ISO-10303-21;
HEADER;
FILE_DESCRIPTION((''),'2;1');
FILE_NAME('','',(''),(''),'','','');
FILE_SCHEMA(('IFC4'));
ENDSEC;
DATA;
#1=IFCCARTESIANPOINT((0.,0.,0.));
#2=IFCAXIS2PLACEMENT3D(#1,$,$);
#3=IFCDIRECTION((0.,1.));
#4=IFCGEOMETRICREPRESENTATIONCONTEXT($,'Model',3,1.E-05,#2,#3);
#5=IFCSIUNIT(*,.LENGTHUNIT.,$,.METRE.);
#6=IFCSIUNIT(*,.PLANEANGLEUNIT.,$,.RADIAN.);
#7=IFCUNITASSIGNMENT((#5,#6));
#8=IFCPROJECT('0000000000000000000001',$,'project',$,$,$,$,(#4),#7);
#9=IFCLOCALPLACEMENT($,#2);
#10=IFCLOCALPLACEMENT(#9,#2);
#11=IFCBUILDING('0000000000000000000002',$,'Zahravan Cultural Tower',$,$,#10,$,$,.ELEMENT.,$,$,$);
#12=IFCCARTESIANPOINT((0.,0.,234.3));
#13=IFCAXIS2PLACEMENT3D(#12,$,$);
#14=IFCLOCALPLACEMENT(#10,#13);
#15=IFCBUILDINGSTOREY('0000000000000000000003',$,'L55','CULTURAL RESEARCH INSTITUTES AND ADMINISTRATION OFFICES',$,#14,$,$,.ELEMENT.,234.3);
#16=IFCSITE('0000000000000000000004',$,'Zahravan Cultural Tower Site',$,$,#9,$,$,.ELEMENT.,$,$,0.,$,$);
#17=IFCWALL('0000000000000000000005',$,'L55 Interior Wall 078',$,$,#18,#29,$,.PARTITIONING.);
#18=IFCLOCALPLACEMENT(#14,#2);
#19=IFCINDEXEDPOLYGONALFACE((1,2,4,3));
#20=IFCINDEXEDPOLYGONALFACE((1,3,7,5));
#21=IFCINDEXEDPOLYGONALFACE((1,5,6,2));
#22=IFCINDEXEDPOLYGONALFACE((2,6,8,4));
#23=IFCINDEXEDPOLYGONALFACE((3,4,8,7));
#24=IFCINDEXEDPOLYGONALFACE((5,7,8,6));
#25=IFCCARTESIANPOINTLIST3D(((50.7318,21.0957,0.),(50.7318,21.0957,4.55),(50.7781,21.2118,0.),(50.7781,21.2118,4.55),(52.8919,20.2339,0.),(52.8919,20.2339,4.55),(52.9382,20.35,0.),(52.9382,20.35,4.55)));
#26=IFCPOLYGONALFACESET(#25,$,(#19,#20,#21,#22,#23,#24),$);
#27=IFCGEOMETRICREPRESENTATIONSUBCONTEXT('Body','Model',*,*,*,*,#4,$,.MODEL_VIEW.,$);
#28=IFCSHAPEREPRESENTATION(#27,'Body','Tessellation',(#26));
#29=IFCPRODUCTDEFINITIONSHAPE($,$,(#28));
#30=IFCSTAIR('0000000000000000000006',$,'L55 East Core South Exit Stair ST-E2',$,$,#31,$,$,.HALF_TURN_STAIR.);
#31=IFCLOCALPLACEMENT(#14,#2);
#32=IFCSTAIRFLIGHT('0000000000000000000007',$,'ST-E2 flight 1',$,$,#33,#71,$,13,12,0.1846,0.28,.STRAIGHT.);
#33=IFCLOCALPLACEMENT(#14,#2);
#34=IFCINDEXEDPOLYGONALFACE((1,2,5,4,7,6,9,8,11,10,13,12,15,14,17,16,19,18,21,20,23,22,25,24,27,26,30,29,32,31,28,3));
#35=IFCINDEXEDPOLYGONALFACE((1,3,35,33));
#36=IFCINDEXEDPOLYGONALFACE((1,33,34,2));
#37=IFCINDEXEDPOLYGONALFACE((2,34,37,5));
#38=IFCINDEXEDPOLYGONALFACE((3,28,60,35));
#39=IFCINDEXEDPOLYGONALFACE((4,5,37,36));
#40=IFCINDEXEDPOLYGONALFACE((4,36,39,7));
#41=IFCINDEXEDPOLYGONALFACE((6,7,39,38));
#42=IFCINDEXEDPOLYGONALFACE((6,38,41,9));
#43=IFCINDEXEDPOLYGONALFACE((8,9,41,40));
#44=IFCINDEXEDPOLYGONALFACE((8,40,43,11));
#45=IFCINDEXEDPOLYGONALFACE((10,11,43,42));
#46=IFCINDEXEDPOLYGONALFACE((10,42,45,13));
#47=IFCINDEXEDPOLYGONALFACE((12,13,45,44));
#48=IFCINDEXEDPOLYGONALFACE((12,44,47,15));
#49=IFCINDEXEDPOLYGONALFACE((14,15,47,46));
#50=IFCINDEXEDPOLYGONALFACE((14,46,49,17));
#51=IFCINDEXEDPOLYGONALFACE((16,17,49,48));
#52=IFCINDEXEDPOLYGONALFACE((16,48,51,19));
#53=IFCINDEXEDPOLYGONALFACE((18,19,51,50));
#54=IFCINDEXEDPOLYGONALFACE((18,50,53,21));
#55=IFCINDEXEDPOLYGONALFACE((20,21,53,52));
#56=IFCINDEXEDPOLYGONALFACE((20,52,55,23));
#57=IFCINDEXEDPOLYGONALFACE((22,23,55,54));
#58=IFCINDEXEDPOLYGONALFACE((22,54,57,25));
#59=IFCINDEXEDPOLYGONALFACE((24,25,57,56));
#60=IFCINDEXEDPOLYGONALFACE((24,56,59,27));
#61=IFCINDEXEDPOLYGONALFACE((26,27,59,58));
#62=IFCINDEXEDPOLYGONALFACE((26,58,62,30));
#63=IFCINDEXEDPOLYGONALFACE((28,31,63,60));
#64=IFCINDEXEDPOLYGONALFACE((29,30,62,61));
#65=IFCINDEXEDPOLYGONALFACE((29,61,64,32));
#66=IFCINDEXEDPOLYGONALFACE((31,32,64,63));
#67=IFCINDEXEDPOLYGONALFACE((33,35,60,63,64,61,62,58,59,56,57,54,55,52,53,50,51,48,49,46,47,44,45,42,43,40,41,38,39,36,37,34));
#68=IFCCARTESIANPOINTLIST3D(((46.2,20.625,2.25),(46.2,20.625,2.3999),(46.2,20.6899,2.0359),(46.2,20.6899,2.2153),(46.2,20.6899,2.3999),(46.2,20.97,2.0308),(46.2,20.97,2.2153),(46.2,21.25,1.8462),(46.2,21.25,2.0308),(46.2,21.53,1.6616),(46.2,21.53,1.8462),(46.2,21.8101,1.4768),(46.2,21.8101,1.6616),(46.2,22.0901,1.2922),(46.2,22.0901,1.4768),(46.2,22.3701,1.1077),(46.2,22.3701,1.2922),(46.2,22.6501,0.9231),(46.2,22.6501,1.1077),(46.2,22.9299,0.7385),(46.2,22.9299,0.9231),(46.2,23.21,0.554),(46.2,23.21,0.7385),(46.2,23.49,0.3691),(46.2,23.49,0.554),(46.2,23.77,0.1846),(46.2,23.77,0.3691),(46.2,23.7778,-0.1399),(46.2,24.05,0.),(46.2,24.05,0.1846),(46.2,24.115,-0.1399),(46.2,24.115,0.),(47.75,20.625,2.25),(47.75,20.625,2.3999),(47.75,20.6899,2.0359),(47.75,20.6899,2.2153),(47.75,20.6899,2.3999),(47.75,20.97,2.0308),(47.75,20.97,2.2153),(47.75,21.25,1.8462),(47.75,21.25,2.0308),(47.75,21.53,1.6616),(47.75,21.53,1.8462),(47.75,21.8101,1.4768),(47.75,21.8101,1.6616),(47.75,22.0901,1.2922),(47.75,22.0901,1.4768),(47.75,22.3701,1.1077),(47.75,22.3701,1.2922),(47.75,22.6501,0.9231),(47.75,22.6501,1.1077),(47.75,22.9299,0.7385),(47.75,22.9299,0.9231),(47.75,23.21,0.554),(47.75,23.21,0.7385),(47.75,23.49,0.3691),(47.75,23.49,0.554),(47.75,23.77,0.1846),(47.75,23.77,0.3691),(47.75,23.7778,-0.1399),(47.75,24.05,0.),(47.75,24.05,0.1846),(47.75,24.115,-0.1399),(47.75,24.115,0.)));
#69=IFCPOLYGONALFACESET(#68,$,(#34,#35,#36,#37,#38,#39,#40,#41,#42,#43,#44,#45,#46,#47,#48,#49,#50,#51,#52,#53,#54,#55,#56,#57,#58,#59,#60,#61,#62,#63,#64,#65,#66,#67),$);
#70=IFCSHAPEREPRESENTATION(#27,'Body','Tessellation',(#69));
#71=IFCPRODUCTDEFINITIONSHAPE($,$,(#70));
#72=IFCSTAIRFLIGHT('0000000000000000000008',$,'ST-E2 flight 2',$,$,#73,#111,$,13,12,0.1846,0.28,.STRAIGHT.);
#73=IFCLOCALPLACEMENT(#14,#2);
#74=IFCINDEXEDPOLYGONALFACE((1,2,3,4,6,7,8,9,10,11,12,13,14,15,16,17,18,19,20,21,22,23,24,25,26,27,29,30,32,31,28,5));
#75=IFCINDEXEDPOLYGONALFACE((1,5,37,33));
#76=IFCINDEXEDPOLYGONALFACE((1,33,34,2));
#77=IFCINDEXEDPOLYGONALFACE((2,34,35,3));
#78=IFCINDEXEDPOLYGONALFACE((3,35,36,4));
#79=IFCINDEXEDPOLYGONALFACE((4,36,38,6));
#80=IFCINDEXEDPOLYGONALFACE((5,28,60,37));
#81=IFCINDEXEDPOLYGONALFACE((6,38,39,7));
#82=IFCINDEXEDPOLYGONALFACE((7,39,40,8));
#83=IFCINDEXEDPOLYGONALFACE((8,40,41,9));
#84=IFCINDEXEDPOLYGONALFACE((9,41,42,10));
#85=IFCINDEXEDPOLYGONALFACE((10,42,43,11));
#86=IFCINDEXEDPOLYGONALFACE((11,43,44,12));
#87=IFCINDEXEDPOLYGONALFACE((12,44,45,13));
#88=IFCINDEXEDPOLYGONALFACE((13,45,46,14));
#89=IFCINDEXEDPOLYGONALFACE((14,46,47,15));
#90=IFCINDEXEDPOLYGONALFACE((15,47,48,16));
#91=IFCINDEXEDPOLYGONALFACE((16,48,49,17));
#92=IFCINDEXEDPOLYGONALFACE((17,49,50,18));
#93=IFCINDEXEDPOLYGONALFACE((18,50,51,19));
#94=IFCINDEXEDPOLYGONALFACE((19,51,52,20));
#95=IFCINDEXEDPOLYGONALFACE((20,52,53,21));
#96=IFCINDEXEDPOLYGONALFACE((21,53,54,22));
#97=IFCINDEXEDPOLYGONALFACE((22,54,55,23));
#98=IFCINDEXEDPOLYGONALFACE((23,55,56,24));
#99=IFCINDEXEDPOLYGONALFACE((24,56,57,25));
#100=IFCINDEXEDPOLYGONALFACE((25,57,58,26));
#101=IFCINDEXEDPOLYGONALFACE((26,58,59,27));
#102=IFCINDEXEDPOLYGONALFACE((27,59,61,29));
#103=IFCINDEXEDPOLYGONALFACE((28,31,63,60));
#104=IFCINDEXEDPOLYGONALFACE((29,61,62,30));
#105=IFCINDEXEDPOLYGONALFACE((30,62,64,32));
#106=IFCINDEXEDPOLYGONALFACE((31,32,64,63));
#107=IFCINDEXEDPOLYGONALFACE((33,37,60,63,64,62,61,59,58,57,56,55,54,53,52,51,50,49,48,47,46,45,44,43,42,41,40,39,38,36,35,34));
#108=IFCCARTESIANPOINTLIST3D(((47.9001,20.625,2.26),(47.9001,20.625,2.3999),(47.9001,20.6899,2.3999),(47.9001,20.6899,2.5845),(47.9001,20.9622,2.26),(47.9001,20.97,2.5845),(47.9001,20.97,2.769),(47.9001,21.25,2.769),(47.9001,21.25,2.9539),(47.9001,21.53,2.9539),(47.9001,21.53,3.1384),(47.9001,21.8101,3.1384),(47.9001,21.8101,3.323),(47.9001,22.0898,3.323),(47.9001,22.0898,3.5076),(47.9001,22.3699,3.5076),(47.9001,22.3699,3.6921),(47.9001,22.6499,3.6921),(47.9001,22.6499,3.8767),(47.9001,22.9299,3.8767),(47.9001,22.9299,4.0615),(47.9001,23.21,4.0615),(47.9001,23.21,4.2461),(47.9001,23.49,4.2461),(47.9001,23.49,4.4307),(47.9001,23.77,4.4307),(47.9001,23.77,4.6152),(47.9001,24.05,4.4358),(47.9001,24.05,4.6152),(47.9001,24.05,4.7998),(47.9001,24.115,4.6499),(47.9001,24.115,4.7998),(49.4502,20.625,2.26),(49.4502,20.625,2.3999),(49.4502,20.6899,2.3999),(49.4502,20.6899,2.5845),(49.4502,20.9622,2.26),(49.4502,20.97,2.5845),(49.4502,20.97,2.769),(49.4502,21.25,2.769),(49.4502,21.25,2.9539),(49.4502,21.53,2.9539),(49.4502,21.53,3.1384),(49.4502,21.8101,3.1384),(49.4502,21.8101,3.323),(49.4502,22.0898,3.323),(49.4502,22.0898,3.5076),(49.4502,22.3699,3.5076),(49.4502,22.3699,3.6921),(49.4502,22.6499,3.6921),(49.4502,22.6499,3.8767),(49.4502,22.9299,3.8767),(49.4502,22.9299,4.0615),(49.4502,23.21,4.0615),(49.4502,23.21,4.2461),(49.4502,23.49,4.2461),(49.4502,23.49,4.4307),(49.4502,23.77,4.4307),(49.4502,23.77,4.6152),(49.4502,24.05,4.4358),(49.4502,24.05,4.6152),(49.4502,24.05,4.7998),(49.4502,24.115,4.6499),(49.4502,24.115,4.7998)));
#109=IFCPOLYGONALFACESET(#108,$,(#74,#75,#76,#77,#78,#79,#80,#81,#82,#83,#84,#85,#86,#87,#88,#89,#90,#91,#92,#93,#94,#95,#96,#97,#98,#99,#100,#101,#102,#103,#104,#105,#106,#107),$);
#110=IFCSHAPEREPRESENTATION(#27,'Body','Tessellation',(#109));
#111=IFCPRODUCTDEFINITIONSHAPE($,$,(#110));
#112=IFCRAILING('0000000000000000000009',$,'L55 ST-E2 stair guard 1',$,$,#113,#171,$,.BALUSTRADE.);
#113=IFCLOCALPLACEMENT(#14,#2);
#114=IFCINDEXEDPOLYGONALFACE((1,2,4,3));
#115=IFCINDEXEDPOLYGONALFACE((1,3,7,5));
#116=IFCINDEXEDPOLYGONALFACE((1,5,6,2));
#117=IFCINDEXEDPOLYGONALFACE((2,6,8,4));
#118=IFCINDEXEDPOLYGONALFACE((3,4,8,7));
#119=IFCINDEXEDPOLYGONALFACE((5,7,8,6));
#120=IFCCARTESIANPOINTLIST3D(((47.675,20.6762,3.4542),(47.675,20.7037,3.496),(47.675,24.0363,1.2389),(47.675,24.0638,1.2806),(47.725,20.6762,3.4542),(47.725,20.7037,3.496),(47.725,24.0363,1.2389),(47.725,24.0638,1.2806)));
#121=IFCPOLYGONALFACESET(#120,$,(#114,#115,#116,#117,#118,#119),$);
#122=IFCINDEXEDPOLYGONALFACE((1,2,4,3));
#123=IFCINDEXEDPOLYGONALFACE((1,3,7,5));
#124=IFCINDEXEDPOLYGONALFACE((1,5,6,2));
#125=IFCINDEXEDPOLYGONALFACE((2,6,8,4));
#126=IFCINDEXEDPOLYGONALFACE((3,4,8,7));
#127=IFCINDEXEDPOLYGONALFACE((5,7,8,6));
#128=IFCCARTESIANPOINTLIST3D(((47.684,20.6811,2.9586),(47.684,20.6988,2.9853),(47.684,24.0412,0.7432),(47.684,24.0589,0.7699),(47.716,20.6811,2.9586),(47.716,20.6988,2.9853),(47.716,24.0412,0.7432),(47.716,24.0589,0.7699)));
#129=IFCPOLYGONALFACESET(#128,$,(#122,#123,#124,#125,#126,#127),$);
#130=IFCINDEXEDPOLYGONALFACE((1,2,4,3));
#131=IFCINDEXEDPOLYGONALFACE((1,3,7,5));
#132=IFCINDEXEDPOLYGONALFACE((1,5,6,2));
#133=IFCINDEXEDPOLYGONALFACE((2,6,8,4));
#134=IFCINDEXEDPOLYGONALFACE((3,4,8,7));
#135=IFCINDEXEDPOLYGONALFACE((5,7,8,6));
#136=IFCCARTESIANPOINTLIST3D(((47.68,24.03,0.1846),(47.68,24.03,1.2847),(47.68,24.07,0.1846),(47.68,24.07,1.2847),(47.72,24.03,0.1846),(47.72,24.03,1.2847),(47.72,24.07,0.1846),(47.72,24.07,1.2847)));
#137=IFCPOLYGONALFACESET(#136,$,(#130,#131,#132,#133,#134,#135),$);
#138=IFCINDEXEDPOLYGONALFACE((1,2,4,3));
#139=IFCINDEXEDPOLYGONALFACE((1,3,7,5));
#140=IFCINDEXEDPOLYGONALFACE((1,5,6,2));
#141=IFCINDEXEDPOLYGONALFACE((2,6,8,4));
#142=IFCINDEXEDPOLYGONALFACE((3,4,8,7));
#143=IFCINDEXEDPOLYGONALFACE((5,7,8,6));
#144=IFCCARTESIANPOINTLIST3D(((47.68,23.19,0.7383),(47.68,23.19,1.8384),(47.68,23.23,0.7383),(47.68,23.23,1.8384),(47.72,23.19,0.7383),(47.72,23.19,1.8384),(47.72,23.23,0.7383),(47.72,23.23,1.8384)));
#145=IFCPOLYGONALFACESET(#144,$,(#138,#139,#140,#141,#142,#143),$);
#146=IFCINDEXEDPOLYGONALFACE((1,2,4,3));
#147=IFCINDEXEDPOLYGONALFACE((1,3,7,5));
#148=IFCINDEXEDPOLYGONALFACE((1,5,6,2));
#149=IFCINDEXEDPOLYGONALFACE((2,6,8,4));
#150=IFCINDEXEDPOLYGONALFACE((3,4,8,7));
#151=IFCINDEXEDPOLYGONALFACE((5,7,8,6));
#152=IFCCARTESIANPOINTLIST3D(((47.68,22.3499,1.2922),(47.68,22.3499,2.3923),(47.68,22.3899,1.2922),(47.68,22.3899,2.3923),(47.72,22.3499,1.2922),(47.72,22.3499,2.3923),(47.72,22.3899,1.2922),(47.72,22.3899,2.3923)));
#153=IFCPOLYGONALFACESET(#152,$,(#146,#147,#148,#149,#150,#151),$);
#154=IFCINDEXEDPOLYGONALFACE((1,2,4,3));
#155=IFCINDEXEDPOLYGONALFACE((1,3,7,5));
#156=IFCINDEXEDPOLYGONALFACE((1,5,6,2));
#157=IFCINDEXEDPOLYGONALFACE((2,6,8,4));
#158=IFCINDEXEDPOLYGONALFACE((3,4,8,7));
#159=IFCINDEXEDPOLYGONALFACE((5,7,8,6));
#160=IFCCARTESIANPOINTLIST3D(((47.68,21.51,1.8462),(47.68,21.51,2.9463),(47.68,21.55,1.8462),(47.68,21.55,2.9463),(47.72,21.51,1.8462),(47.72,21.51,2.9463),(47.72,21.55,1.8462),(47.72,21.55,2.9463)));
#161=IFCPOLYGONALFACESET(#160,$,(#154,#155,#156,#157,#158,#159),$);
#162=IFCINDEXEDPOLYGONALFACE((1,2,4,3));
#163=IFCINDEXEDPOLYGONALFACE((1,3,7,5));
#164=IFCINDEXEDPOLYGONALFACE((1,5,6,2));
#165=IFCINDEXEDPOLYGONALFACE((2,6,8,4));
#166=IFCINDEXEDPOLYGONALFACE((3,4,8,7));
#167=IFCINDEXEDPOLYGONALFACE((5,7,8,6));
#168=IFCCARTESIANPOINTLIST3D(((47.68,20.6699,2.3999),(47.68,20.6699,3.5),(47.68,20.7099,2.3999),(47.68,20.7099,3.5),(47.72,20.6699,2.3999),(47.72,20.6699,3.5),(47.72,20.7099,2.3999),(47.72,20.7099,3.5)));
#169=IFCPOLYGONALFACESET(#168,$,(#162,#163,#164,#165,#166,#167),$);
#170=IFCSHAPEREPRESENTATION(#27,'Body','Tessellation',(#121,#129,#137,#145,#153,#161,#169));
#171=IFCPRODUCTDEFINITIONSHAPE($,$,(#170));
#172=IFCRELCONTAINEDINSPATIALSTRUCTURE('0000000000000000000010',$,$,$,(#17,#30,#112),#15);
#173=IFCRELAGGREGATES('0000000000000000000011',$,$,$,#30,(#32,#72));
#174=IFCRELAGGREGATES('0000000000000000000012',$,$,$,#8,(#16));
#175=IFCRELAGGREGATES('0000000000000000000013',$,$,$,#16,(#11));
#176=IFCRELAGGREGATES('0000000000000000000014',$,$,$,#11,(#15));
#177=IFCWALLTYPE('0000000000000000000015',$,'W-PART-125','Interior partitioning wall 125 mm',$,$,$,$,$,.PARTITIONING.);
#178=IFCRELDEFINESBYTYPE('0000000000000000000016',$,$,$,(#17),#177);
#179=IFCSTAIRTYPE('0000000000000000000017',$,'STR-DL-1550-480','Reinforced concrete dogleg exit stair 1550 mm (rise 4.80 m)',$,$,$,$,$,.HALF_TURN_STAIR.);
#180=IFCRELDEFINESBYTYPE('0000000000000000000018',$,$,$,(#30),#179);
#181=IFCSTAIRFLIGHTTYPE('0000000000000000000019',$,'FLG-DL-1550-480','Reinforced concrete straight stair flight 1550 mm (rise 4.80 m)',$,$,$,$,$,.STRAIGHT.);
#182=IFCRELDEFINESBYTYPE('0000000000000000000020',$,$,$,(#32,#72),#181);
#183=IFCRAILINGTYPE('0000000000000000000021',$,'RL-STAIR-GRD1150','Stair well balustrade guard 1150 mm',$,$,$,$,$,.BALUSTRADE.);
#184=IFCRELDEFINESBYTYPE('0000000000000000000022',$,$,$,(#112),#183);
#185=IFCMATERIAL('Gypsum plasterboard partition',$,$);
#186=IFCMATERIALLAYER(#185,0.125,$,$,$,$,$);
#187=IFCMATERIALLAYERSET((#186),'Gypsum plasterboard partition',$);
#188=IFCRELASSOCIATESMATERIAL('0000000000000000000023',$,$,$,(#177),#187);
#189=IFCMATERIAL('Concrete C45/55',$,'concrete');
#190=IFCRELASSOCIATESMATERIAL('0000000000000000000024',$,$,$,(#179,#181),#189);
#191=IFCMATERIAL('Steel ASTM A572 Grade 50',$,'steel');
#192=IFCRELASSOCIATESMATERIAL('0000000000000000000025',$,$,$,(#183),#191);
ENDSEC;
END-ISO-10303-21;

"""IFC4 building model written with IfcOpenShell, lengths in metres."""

from ifc_helpers import new_model, si_unit, direction, frame, frame_2d, origin, origin_2d, place, context, subcontext, project, spatial, polyline, rectangle, outline, extrude, source, transform, mapped, material, layer, layer_set, type_object, element, aggregate, save


model = new_model("IFC4")

# Units and contexts
model_context = context("Model", 3, precision=1e-05, world=origin(), true_north=direction((0.0, 1.0)))
body_context = subcontext(model_context, "Body", "Model", "MODEL_VIEW")
ifc_project = project(units=[si_unit("LENGTHUNIT", "METRE"), si_unit("PLANEANGLEUNIT", "RADIAN")], contexts=[model_context])

# Site, building, storey
site_placement = place(None, origin())
site = spatial("IfcSite", under=ifc_project, at=site_placement, Name="Zahravan Cultural Tower Site", CompositionType="ELEMENT", RefElevation=0.0)
building_placement = place(site_placement, origin())
building = spatial("IfcBuilding", under=site, at=building_placement, Name="Zahravan Cultural Tower", CompositionType="ELEMENT")
storey_placement = place(building_placement, frame((0.0, 0.0, 234.3)))
storey = spatial("IfcBuildingStorey", under=building, at=storey_placement, Name="L55", Description="CULTURAL RESEARCH INSTITUTES AND ADMINISTRATION OFFICES", CompositionType="ELEMENT", Elevation=234.3)

# Shared definitions
ifc_material_1 = material(Name="Steel ASTM A572 Grade 50", Category="steel")

# Shared definitions
ifc_material_2 = material(Name="Gypsum plasterboard partition")
ifc_layer_1 = layer(ifc_material_2, 0.125)
ifc_layer_set_1 = layer_set([ifc_layer_1], Name="Gypsum plasterboard partition")
wall_type_1 = type_object("IfcWallType", Name="W-PART-125", Description="Interior partitioning wall 125 mm", PredefinedType="PARTITIONING", material=ifc_layer_set_1)

# Wall
ifc_material_3 = material(Name="Concrete C45/55", Category="concrete")
shared_shape_1 = source(origin(), body_context, "Body", "SweptSolid", [
    extrude(rectangle(XDim=2.3257, YDim=0.125, at=frame_2d((1.1628, 0.0))), origin(), (0.0, 0.0, 1.0), 4.55),
])
wall_1_placement = place(storey_placement, frame((52.915, 20.292, 0.0), z_axis=(0.0, 0.0, 1.0), x_axis=(-0.928809, 0.370558, 0.0)))
element("IfcWall", 1, at=wall_1_placement, inside=storey, type_object=wall_type_1, Name="L55 Interior Wall 078", PredefinedType="PARTITIONING", context=body_context, shape_type="MappedRepresentation", body=[
    mapped(shared_shape_1, transform((0.0, 0.0, 0.0), x_axis=(1.0, 0.0, 0.0), y_axis=(0.0, 1.0, 0.0), z_axis=(0.0, 0.0, 1.0), scale=1.0)),
])

# Stair, stair flights
stair_type = type_object("IfcStairType", Name="STR-DL-1550-480", Description="Reinforced concrete dogleg exit stair 1550 mm (rise 4.80 m)", PredefinedType="HALF_TURN_STAIR", material=ifc_material_3)
stair_placement = place(storey_placement, origin())
stair = element("IfcStair", 2, at=stair_placement, inside=storey, type_object=stair_type, Name="L55 East Core South Exit Stair ST-E2", PredefinedType="HALF_TURN_STAIR")
stair_flight_type = type_object("IfcStairFlightType", Name="FLG-DL-1550-480", Description="Reinforced concrete straight stair flight 1550 mm (rise 4.80 m)", PredefinedType="STRAIGHT", material=ifc_material_3)
stair_flight_1_placement = place(storey_placement, frame((46.9751, 24.05, 0.0), z_axis=(0.0, 0.0, 1.0), x_axis=(0.0, -1.0, 0.0)))
stair_flight_1 = element("IfcStairFlight", 3, at=stair_flight_1_placement, type_object=stair_flight_type, Name="ST-E2 flight 1", NumberOfRisers=13, NumberOfTreads=12, PredefinedType="STRAIGHT", RiserHeight=0.1846, TreadLength=0.28, context=body_context, shape_type="SweptSolid", body=[
    extrude(outline(polyline([(-0.0649, -0.1399), (-0.0649, 0.0), (0.0, 0.0), (0.0, 0.1846), (0.28, 0.1846), (0.28, 0.3691), (0.5601, 0.3691), (0.5601, 0.554), (0.8401, 0.554), (0.8401, 0.7385), (1.1201, 0.7385), (1.1201, 0.9231), (1.3999, 0.9231), (1.3999, 1.1077), (1.6799, 1.1077), (1.6799, 1.2922), (1.96, 1.2922), (1.96, 1.4768), (2.24, 1.4768), (2.24, 1.6616), (2.52, 1.6616), (2.52, 1.8462), (2.8, 1.8462), (2.8, 2.0308), (3.0801, 2.0308), (3.0801, 2.2153), (3.3601, 2.2153), (3.3601, 2.3999), (3.425, 2.3999), (3.425, 2.25), (3.3601, 2.0359), (0.2722, -0.1399), (-0.0649, -0.1399)])), frame((0.0, 0.7749, 0.0), z_axis=(0.0, -1.0, 0.0), x_axis=(1.0, 0.0, 0.0)), (0.0, 0.0, 1.0), 1.55),
])
stair_flight_2_placement = place(storey_placement, frame((48.675, 20.6899, 2.3999), z_axis=(0.0, 0.0, 1.0), x_axis=(0.0, 1.0, 0.0)))
stair_flight_2 = element("IfcStairFlight", 4, at=stair_flight_2_placement, type_object=stair_flight_type, Name="ST-E2 flight 2", NumberOfRisers=13, NumberOfTreads=12, PredefinedType="STRAIGHT", RiserHeight=0.1846, TreadLength=0.28, context=body_context, shape_type="SweptSolid", body=[
    extrude(outline(polyline([(-0.0649, -0.1399), (-0.0649, 0.0), (0.0, 0.0), (0.0, 0.1846), (0.28, 0.1846), (0.28, 0.3691), (0.5601, 0.3691), (0.5601, 0.554), (0.8401, 0.554), (0.8401, 0.7385), (1.1201, 0.7385), (1.1201, 0.9231), (1.3999, 0.9231), (1.3999, 1.1077), (1.6799, 1.1077), (1.6799, 1.2922), (1.96, 1.2922), (1.96, 1.4768), (2.24, 1.4768), (2.24, 1.6616), (2.52, 1.6616), (2.52, 1.8462), (2.8, 1.8462), (2.8, 2.0308), (3.0801, 2.0308), (3.0801, 2.2153), (3.3601, 2.2153), (3.3601, 2.3999), (3.425, 2.3999), (3.425, 2.25), (3.3601, 2.0359), (0.2722, -0.1399), (-0.0649, -0.1399)])), frame((0.0, 0.7749, 0.0), z_axis=(0.0, -1.0, 0.0), x_axis=(1.0, 0.0, 0.0)), (0.0, 0.0, 1.0), 1.55),
])
aggregate(stair, [stair_flight_1, stair_flight_2])

# Railing
railing_type_1 = type_object("IfcRailingType", Name="RL-STAIR-GRD1150", Description="Stair well balustrade guard 1150 mm", PredefinedType="BALUSTRADE", material=ifc_material_1)
railing_1_placement = place(storey_placement, frame((47.7, 24.05, 0.1846)))
element("IfcRailing", 5, at=railing_1_placement, inside=storey, type_object=railing_type_1, Name="L55 ST-E2 stair guard 1", PredefinedType="BALUSTRADE", context=body_context, shape_type="SweptSolid", body=[
    extrude(rectangle(XDim=0.05, YDim=0.05, at=origin_2d()), frame((0.0, 0.0, 1.0752), z_axis=(0.0, -0.834876, 0.550437), x_axis=(1.0, 0.0, 0.0)), (0.0, 0.0, 1.0), 4.0247),
    extrude(rectangle(XDim=0.032, YDim=0.032, at=origin_2d()), frame((0.0, 0.0, 0.572), z_axis=(0.0, -0.834876, 0.550437), x_axis=(1.0, 0.0, 0.0)), (0.0, 0.0, 1.0), 4.0247),
    extrude(rectangle(XDim=0.04, YDim=0.04, at=origin_2d()), origin(), (0.0, 0.0, 1.0), 1.1001),
    extrude(rectangle(XDim=0.04, YDim=0.04, at=origin_2d()), frame((0.0, -0.8401, 0.5537)), (0.0, 0.0, 1.0), 1.1001),
    extrude(rectangle(XDim=0.04, YDim=0.04, at=origin_2d()), frame((0.0, -1.6802, 1.1077)), (0.0, 0.0, 1.0), 1.1001),
    extrude(rectangle(XDim=0.04, YDim=0.04, at=origin_2d()), frame((0.0, -2.52, 1.6616)), (0.0, 0.0, 1.0), 1.1001),
    extrude(rectangle(XDim=0.04, YDim=0.04, at=origin_2d()), frame((0.0, -3.3601, 2.2153)), (0.0, 0.0, 1.0), 1.1001),
])

save(model, "model.ifc")
